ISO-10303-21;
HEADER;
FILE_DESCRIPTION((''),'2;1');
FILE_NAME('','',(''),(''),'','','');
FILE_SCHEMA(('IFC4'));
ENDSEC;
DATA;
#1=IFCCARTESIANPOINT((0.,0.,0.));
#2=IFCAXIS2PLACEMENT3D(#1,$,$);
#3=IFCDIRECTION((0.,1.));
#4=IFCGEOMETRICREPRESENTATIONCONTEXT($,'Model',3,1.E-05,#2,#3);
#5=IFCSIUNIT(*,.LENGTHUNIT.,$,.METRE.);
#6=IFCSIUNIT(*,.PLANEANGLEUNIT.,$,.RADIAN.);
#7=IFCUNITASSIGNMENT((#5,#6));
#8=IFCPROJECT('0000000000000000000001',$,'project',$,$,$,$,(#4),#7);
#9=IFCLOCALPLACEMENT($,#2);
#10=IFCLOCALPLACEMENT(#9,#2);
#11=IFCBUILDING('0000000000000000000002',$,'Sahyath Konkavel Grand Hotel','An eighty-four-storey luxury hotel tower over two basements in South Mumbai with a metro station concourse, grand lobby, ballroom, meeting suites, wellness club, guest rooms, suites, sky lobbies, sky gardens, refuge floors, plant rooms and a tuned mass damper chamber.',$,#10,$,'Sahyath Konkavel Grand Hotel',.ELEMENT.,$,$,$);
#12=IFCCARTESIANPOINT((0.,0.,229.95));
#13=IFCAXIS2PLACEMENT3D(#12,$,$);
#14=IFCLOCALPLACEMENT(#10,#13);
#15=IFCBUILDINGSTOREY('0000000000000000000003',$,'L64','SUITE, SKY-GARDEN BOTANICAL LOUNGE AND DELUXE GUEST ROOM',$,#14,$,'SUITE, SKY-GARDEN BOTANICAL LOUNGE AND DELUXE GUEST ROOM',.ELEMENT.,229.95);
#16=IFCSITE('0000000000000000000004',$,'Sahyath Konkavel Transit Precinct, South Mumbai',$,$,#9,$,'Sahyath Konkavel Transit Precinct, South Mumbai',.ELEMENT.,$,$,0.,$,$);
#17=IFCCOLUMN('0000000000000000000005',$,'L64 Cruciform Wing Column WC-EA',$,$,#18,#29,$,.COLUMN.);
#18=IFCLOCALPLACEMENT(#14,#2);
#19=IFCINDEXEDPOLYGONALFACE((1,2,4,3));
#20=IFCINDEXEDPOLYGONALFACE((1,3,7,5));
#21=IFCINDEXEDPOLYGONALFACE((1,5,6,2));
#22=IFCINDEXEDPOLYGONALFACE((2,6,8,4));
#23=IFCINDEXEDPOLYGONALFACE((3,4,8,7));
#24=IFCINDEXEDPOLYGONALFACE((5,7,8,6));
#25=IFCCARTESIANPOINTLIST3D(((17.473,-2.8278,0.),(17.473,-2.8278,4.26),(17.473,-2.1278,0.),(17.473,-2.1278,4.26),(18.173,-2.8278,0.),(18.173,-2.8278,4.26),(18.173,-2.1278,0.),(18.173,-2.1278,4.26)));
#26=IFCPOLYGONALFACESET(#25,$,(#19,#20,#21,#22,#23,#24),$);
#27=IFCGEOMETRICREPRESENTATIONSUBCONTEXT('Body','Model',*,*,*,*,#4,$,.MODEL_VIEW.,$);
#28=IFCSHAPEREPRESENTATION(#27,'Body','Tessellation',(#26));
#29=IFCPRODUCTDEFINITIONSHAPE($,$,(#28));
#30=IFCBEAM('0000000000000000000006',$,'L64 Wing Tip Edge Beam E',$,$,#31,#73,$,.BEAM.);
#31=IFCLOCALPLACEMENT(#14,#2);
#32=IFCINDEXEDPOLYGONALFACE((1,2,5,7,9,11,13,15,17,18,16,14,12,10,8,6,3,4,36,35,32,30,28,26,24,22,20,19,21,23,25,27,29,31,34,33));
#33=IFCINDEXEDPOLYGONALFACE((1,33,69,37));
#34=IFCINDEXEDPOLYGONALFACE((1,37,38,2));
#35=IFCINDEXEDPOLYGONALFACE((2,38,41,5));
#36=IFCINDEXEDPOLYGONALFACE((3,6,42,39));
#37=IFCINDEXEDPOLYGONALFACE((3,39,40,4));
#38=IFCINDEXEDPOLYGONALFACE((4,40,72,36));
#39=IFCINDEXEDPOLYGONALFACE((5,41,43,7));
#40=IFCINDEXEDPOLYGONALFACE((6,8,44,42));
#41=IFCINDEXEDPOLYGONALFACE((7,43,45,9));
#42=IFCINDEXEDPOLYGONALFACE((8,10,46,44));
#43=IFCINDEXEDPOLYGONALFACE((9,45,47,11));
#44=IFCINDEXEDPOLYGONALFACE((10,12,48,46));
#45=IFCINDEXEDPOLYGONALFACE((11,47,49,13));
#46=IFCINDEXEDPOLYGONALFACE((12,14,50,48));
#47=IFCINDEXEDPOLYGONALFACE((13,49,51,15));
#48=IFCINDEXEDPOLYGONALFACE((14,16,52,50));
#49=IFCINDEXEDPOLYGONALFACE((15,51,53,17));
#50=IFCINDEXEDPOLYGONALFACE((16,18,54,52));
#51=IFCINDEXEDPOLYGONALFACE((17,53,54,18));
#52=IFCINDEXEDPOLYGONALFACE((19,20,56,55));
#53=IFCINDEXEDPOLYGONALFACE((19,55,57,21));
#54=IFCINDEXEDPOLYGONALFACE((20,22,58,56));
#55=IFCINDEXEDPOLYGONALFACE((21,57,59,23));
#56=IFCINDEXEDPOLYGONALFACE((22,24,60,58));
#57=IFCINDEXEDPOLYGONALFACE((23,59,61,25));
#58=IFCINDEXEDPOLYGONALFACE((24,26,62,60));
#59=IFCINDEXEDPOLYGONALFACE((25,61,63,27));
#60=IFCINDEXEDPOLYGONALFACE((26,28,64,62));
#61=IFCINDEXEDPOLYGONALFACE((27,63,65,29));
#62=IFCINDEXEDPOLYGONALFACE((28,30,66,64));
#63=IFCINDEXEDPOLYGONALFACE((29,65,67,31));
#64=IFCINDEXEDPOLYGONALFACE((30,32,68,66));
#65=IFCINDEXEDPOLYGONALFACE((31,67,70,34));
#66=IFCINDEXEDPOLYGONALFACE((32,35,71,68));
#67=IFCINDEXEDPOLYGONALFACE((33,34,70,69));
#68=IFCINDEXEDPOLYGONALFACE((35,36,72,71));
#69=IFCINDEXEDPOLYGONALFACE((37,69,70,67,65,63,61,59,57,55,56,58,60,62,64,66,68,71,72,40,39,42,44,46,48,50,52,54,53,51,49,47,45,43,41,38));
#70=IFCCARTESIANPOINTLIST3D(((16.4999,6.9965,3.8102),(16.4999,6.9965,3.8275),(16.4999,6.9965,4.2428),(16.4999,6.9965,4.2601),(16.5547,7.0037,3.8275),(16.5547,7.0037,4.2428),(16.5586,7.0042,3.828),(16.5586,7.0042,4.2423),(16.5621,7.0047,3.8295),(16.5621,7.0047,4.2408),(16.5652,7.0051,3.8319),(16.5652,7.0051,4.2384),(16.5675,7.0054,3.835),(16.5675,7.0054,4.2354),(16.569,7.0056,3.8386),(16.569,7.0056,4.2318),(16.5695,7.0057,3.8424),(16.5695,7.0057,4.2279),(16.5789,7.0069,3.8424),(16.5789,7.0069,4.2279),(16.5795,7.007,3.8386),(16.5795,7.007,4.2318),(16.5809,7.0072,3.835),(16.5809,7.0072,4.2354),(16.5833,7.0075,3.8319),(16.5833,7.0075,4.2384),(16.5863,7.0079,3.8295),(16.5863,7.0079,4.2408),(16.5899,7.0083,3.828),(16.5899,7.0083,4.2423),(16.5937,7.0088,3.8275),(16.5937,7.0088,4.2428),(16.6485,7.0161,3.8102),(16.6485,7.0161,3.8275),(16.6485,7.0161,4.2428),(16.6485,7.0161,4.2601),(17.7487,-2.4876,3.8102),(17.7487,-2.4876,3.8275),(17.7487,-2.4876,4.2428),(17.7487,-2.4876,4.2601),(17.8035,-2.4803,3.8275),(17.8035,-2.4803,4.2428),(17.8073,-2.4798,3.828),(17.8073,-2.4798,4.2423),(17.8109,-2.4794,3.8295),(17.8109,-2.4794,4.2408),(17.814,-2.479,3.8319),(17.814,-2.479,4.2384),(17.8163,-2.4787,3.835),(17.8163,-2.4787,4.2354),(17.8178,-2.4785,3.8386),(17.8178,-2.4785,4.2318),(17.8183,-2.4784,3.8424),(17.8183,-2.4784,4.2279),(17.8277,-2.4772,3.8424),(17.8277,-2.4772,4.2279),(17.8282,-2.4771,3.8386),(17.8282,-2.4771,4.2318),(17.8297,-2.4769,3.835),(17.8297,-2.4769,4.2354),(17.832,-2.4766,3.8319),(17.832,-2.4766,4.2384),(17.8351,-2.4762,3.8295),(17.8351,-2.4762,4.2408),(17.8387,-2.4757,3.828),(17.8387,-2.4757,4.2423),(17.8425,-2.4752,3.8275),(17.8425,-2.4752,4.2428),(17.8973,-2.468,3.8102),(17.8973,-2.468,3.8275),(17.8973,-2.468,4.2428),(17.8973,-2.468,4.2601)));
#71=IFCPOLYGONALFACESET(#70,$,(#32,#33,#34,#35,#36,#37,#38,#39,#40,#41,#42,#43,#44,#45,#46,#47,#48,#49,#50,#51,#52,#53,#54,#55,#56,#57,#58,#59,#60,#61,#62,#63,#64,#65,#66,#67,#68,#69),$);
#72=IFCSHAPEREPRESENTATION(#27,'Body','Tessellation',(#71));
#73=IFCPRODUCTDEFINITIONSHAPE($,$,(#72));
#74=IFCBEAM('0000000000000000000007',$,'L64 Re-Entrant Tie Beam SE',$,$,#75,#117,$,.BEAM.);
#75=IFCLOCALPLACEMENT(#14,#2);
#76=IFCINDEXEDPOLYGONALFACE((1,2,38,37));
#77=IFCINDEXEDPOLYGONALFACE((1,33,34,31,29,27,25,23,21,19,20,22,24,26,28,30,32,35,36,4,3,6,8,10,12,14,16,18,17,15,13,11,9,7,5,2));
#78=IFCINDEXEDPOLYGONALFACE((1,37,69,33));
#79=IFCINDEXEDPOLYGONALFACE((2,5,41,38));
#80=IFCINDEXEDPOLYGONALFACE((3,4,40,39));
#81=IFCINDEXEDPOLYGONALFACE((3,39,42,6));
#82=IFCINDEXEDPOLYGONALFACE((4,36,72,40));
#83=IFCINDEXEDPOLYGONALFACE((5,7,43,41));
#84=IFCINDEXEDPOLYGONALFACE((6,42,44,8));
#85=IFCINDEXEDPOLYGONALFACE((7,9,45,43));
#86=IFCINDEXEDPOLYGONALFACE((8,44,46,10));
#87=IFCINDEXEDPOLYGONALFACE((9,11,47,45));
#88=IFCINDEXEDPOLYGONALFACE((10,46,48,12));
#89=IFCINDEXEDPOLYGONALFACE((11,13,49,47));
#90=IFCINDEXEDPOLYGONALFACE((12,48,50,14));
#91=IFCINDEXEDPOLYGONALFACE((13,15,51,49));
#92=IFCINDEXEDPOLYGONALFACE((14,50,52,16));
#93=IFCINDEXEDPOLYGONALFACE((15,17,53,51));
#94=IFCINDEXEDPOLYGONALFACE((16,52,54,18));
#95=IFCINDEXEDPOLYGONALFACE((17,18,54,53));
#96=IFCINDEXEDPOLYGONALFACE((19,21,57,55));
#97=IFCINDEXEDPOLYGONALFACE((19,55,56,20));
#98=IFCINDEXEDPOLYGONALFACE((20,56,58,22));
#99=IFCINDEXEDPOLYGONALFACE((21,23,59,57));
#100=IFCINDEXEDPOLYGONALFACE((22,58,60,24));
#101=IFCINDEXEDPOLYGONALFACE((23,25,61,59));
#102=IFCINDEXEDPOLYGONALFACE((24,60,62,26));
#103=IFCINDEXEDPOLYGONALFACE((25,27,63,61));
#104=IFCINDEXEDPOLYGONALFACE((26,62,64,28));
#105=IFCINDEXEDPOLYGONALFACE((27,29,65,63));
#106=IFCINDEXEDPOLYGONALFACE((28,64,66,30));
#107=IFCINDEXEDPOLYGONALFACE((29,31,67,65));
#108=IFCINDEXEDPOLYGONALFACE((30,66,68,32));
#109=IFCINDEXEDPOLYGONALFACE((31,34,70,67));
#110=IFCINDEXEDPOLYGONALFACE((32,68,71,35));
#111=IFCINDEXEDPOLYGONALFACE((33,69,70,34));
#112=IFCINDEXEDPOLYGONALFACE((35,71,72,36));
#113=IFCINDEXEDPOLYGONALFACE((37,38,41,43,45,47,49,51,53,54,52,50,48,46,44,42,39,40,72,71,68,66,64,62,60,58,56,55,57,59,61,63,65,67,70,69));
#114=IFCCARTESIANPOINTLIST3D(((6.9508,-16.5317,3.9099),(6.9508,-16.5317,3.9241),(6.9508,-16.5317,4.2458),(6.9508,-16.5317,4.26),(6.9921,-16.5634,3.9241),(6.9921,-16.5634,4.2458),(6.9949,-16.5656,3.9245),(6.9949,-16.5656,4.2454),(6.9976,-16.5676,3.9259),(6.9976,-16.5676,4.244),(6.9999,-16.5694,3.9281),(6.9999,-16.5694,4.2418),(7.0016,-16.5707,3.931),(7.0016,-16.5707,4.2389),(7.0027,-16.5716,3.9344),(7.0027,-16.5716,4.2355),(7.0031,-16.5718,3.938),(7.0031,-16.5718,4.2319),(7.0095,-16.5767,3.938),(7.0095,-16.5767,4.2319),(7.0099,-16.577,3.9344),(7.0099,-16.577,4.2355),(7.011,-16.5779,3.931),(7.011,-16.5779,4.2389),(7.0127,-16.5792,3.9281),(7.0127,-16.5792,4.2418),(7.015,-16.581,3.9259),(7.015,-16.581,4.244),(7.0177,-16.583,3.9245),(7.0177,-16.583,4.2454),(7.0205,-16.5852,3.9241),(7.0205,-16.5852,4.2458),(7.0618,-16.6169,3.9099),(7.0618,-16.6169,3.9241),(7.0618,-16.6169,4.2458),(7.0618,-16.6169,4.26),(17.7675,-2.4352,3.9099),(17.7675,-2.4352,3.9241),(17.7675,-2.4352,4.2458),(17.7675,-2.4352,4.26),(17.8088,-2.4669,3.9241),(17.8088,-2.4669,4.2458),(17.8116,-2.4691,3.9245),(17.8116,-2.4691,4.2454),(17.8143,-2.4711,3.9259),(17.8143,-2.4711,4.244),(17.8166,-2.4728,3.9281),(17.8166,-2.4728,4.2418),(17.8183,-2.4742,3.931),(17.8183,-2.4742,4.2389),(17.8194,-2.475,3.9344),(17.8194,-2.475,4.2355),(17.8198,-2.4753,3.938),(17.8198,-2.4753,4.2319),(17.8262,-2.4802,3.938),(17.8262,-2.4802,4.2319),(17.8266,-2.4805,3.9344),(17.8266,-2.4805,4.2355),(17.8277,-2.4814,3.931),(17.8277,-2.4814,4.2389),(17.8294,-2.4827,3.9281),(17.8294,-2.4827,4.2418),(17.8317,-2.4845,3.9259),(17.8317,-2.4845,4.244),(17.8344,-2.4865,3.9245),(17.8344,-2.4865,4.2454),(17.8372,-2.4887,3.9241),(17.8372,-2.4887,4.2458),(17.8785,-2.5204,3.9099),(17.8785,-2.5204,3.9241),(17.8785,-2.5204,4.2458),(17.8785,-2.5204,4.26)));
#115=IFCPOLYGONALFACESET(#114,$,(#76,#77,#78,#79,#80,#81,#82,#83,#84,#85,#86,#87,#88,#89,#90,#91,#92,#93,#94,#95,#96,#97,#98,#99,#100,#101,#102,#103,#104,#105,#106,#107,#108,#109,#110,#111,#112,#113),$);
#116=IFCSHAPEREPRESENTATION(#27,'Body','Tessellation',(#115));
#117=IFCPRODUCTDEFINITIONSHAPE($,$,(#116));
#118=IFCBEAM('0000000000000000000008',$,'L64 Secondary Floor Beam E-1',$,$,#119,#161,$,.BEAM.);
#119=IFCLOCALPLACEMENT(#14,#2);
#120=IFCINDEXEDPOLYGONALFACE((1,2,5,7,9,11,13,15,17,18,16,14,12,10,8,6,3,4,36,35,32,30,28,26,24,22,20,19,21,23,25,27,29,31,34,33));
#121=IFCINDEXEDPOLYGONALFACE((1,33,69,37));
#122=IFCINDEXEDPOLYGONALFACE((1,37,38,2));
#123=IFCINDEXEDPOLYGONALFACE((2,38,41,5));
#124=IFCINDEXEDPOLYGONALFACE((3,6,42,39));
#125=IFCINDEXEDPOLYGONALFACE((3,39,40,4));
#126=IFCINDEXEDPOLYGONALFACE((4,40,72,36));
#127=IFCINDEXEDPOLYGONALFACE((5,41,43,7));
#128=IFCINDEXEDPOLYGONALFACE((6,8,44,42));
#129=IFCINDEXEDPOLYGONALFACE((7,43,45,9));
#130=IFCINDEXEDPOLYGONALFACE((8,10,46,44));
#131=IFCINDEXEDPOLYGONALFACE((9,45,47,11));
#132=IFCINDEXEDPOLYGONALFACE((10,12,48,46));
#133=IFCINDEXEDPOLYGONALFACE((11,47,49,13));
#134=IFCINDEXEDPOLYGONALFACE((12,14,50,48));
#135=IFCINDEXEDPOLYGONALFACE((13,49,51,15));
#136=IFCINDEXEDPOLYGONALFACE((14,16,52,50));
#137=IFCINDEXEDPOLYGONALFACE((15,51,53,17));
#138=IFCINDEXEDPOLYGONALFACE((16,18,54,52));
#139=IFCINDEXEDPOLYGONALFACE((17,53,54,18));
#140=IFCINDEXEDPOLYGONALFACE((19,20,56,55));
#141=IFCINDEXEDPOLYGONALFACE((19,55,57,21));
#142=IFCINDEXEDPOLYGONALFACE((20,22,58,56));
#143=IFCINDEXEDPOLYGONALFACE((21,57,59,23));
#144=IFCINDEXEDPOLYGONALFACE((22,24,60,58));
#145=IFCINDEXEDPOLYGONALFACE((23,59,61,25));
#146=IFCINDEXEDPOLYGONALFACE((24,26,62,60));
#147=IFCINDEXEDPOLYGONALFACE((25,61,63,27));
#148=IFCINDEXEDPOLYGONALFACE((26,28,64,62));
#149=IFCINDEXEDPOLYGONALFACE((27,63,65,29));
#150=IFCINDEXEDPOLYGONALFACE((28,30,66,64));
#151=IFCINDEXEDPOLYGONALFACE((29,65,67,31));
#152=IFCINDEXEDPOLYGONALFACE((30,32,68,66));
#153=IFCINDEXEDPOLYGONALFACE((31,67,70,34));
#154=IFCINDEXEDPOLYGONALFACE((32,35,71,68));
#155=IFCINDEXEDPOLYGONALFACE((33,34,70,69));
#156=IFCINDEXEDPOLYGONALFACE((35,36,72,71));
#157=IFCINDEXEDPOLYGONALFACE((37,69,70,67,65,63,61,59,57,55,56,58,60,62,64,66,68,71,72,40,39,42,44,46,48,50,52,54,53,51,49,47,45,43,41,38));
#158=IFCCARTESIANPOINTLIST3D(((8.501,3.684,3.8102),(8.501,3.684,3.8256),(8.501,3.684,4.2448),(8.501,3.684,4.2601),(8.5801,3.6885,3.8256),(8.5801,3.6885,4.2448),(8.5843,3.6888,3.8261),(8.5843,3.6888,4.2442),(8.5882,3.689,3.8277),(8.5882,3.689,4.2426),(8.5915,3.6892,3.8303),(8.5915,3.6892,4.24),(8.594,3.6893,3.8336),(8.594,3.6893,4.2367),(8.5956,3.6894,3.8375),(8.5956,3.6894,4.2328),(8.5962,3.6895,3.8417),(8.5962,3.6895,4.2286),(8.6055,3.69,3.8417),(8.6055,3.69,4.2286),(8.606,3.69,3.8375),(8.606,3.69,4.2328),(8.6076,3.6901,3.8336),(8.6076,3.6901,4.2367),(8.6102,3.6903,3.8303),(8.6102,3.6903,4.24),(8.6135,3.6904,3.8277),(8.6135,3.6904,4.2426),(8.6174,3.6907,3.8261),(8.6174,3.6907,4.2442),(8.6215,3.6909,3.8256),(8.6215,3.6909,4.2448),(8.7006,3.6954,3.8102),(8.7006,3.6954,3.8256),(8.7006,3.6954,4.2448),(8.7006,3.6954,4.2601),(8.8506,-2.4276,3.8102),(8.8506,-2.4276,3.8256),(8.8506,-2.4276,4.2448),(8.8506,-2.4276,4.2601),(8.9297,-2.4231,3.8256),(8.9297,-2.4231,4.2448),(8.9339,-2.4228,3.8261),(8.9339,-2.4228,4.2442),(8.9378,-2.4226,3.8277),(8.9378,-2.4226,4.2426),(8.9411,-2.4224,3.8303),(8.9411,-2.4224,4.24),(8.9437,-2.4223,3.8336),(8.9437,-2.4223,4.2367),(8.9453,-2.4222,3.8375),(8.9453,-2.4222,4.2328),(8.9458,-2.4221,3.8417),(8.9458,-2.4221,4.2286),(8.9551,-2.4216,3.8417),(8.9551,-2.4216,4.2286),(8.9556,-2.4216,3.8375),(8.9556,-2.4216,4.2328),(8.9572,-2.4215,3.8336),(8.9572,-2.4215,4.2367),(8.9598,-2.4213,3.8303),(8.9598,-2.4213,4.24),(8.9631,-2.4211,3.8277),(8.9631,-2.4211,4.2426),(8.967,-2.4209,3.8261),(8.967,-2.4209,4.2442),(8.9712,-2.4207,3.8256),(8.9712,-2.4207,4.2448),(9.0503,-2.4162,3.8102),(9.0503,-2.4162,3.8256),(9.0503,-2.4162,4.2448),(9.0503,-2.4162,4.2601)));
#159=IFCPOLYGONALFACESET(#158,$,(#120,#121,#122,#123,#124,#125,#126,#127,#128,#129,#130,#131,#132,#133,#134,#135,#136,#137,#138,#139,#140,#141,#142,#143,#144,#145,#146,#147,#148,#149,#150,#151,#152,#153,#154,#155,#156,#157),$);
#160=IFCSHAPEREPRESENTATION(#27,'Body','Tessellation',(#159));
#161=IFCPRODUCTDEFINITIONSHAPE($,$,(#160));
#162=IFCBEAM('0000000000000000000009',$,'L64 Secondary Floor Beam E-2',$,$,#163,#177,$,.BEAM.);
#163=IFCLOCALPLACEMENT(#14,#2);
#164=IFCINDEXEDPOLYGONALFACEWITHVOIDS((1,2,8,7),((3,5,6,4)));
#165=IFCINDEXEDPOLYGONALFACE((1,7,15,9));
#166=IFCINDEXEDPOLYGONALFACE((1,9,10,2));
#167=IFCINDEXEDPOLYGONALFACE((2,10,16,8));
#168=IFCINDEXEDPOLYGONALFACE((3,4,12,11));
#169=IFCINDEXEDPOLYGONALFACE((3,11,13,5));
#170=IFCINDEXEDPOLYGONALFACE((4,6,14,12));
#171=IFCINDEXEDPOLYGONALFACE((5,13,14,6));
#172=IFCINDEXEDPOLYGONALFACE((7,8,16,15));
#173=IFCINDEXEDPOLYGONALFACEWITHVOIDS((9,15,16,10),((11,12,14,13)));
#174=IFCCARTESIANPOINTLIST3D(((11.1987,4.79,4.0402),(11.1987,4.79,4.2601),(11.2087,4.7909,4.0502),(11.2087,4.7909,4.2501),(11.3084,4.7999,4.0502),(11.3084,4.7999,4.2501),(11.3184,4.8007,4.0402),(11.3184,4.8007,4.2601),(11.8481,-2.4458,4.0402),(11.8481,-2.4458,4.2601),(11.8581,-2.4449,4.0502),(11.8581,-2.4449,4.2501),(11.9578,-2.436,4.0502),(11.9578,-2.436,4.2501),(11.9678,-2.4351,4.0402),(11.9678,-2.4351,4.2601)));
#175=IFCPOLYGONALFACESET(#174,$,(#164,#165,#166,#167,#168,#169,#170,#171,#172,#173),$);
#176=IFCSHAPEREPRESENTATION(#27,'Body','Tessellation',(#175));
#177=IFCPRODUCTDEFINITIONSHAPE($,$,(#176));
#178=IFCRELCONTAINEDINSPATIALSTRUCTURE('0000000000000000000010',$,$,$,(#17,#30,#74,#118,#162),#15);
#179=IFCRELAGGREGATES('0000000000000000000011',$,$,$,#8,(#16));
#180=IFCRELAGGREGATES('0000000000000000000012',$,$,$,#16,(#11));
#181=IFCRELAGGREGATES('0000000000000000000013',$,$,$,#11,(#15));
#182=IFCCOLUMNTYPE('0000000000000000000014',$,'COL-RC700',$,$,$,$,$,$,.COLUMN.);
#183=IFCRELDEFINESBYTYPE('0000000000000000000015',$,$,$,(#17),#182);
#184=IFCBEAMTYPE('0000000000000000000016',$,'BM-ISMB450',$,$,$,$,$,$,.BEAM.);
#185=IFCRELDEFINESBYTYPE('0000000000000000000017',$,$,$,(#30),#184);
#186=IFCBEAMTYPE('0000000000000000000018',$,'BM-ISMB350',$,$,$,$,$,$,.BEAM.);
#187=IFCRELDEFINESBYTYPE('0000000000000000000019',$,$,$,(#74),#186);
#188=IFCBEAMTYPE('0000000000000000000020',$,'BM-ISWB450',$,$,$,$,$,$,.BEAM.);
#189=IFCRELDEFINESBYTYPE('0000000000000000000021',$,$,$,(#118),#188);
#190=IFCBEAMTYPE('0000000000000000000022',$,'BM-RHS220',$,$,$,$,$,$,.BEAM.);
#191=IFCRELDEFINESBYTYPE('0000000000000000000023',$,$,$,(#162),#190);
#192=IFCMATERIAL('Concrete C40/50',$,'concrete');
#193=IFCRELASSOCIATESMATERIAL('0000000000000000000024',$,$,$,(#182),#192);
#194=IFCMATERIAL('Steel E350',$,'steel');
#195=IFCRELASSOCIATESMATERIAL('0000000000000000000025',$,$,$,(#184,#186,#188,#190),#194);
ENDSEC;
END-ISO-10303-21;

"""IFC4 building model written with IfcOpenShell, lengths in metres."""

from ifc_helpers import new_model, si_unit, direction, frame, origin, origin_2d, place, context, subcontext, project, spatial, rectangle, hollow_rectangle, i_section, extrude, source, transform, mapped, material, material_profile, profile_set, type_object, element, save


model = new_model("IFC4")

# Units and contexts
model_context = context("Model", 3, precision=1e-05, world=origin(), true_north=direction((0.0, 1.0)))
body_context = subcontext(model_context, "Body", "Model", "MODEL_VIEW")
ifc_project = project(units=[si_unit("LENGTHUNIT", "METRE"), si_unit("PLANEANGLEUNIT", "RADIAN")], contexts=[model_context])

# Site, building, storey
site_placement = place(None, origin())
site = spatial("IfcSite", under=ifc_project, at=site_placement, Name="Sahyath Konkavel Transit Precinct, South Mumbai", LongName="Sahyath Konkavel Transit Precinct, South Mumbai", CompositionType="ELEMENT", RefElevation=0.0)
building_placement = place(site_placement, origin())
building = spatial("IfcBuilding", under=site, at=building_placement, Name="Sahyath Konkavel Grand Hotel", Description="An eighty-four-storey luxury hotel tower over two basements in South Mumbai with a metro station concourse, grand lobby, ballroom, meeting suites, wellness club, guest rooms, suites, sky lobbies, sky gardens, refuge floors, plant rooms and a tuned mass damper chamber.", LongName="Sahyath Konkavel Grand Hotel", CompositionType="ELEMENT")
storey_placement = place(building_placement, frame((0.0, 0.0, 229.95)))
storey = spatial("IfcBuildingStorey", under=building, at=storey_placement, Name="L64", Description="SUITE, SKY-GARDEN BOTANICAL LOUNGE AND DELUXE GUEST ROOM", LongName="SUITE, SKY-GARDEN BOTANICAL LOUNGE AND DELUXE GUEST ROOM", CompositionType="ELEMENT", Elevation=229.95)

# Column
ifc_material_1 = material(Name="Concrete C40/50", Category="concrete")
ifc_material_profile_1 = material_profile(ifc_material_1, rectangle(XDim=0.7, YDim=0.7, at=origin_2d()), Name="RC 700x700")
ifc_profile_set_1 = profile_set([ifc_material_profile_1], Name="Concrete C40/50")
column_type = type_object("IfcColumnType", Name="COL-RC700", PredefinedType="COLUMN", material=ifc_profile_set_1)
shared_shape_1 = source(origin(), body_context, "Body", "SweptSolid", [
    extrude(rectangle(XDim=0.7, YDim=0.7, at=origin_2d()), origin(), (0.0, 0.0, 1.0), 4.26),
])
column_placement = place(storey_placement, frame((17.823, -2.4778, 0.0), z_axis=(0.0, 0.0, 1.0), x_axis=(1.0, 0.0, 0.0)))
element("IfcColumn", 1, at=column_placement, inside=storey, type_object=column_type, Name="L64 Cruciform Wing Column WC-EA", PredefinedType="COLUMN", context=body_context, shape_type="MappedRepresentation", body=[
    mapped(shared_shape_1, transform((0.0, 0.0, 0.0), scale=1.0)),
])

# Beams
ifc_material_2 = material(Name="Steel E350", Category="steel")
ifc_material_profile_2 = material_profile(ifc_material_2, i_section(OverallWidth=0.1499, OverallDepth=0.45, WebThickness=0.0095, FlangeThickness=0.0173, FilletRadius=0.0149, at=origin_2d()), Name="ISMB 450")
ifc_profile_set_2 = profile_set([ifc_material_profile_2], Name="Steel E350")
beam_type_1 = type_object("IfcBeamType", Name="BM-ISMB450", PredefinedType="BEAM", material=ifc_profile_set_2)
shared_shape_2 = source(origin(), body_context, "Body", "SweptSolid", [
    extrude(i_section(OverallWidth=0.1499, OverallDepth=0.45, WebThickness=0.0095, FlangeThickness=0.0173, FilletRadius=0.0149, at=origin_2d()), origin(), (0.0, 0.0, 1.0), 9.5659),
])
beam_1_placement = place(storey_placement, frame((17.823, -2.4778, 4.0352), z_axis=(-0.130544, 0.991443, 0.0), x_axis=(-0.991443, -0.130544, 0.0)))
element("IfcBeam", 2, at=beam_1_placement, inside=storey, type_object=beam_type_1, Name="L64 Wing Tip Edge Beam E", PredefinedType="BEAM", context=body_context, shape_type="MappedRepresentation", body=[
    mapped(shared_shape_2, transform((0.0, 0.0, 0.0), scale=1.0)),
])
ifc_material_profile_3 = material_profile(ifc_material_2, i_section(OverallWidth=0.1399, OverallDepth=0.3501, WebThickness=0.0081, FlangeThickness=0.0142, FilletRadius=0.0139, at=origin_2d()), Name="ISMB 350")
ifc_profile_set_3 = profile_set([ifc_material_profile_3], Name="Steel E350")
beam_type_2 = type_object("IfcBeamType", Name="BM-ISMB350", PredefinedType="BEAM", material=ifc_profile_set_3)
shared_shape_3 = source(origin(), body_context, "Body", "SweptSolid", [
    extrude(i_section(OverallWidth=0.1399, OverallDepth=0.3501, WebThickness=0.0081, FlangeThickness=0.0142, FilletRadius=0.0139, at=origin_2d()), origin(), (0.0, 0.0, 1.0), 17.7683),
])
beam_2_placement = place(storey_placement, frame((17.823, -2.4778, 4.085), z_axis=(-0.608764, -0.793351, 0.0), x_axis=(0.793351, -0.608764, 0.0)))
element("IfcBeam", 3, at=beam_2_placement, inside=storey, type_object=beam_type_2, Name="L64 Re-Entrant Tie Beam SE", PredefinedType="BEAM", context=body_context, shape_type="MappedRepresentation", body=[
    mapped(shared_shape_3, transform((0.0, 0.0, 0.0), scale=1.0)),
])
ifc_material_profile_4 = material_profile(ifc_material_2, i_section(OverallWidth=0.2, OverallDepth=0.45, WebThickness=0.0093, FlangeThickness=0.0154, FilletRadius=0.0161, at=origin_2d()), Name="ISWB 450")
ifc_profile_set_4 = profile_set([ifc_material_profile_4], Name="Steel E350")
beam_type_3 = type_object("IfcBeamType", Name="BM-ISWB450", PredefinedType="BEAM", material=ifc_profile_set_4)
shared_shape_4 = source(origin(), body_context, "Body", "SweptSolid", [
    extrude(i_section(OverallWidth=0.2, OverallDepth=0.45, WebThickness=0.0093, FlangeThickness=0.0154, FilletRadius=0.0161, at=origin_2d()), origin(), (0.0, 0.0, 1.0), 6.1216),
])
beam_3_placement = place(storey_placement, frame((8.9504, -2.4219, 4.0352), z_axis=(-0.057111, 0.998368, 0.0), x_axis=(-0.998368, -0.057111, 0.0)))
element("IfcBeam", 4, at=beam_3_placement, inside=storey, type_object=beam_type_3, Name="L64 Secondary Floor Beam E-1", PredefinedType="BEAM", context=body_context, shape_type="MappedRepresentation", body=[
    mapped(shared_shape_4, transform((0.0, 0.0, 0.0), scale=1.0)),
])
ifc_material_profile_5 = material_profile(ifc_material_2, hollow_rectangle(XDim=0.1201, YDim=0.22, WallThickness=0.01, at=origin_2d()), Name="RHS 220x120x10")
ifc_profile_set_5 = profile_set([ifc_material_profile_5], Name="Steel E350")
beam_type_4 = type_object("IfcBeamType", Name="BM-RHS220", PredefinedType="BEAM", material=ifc_profile_set_5)
shared_shape_5 = source(origin(), body_context, "Body", "SweptSolid", [
    extrude(hollow_rectangle(XDim=0.1201, YDim=0.22, WallThickness=0.01, at=origin_2d()), origin(), (0.0, 0.0, 1.0), 7.2649),
])
beam_4_placement = place(storey_placement, frame((11.908, -2.4404, 4.1501), z_axis=(-0.08939, 0.995997, 0.0), x_axis=(-0.995997, -0.08939, 0.0)))
element("IfcBeam", 5, at=beam_4_placement, inside=storey, type_object=beam_type_4, Name="L64 Secondary Floor Beam E-2", PredefinedType="BEAM", context=body_context, shape_type="MappedRepresentation", body=[
    mapped(shared_shape_5, transform((0.0, 0.0, 0.0), scale=1.0)),
])

save(model, "model.ifc")
